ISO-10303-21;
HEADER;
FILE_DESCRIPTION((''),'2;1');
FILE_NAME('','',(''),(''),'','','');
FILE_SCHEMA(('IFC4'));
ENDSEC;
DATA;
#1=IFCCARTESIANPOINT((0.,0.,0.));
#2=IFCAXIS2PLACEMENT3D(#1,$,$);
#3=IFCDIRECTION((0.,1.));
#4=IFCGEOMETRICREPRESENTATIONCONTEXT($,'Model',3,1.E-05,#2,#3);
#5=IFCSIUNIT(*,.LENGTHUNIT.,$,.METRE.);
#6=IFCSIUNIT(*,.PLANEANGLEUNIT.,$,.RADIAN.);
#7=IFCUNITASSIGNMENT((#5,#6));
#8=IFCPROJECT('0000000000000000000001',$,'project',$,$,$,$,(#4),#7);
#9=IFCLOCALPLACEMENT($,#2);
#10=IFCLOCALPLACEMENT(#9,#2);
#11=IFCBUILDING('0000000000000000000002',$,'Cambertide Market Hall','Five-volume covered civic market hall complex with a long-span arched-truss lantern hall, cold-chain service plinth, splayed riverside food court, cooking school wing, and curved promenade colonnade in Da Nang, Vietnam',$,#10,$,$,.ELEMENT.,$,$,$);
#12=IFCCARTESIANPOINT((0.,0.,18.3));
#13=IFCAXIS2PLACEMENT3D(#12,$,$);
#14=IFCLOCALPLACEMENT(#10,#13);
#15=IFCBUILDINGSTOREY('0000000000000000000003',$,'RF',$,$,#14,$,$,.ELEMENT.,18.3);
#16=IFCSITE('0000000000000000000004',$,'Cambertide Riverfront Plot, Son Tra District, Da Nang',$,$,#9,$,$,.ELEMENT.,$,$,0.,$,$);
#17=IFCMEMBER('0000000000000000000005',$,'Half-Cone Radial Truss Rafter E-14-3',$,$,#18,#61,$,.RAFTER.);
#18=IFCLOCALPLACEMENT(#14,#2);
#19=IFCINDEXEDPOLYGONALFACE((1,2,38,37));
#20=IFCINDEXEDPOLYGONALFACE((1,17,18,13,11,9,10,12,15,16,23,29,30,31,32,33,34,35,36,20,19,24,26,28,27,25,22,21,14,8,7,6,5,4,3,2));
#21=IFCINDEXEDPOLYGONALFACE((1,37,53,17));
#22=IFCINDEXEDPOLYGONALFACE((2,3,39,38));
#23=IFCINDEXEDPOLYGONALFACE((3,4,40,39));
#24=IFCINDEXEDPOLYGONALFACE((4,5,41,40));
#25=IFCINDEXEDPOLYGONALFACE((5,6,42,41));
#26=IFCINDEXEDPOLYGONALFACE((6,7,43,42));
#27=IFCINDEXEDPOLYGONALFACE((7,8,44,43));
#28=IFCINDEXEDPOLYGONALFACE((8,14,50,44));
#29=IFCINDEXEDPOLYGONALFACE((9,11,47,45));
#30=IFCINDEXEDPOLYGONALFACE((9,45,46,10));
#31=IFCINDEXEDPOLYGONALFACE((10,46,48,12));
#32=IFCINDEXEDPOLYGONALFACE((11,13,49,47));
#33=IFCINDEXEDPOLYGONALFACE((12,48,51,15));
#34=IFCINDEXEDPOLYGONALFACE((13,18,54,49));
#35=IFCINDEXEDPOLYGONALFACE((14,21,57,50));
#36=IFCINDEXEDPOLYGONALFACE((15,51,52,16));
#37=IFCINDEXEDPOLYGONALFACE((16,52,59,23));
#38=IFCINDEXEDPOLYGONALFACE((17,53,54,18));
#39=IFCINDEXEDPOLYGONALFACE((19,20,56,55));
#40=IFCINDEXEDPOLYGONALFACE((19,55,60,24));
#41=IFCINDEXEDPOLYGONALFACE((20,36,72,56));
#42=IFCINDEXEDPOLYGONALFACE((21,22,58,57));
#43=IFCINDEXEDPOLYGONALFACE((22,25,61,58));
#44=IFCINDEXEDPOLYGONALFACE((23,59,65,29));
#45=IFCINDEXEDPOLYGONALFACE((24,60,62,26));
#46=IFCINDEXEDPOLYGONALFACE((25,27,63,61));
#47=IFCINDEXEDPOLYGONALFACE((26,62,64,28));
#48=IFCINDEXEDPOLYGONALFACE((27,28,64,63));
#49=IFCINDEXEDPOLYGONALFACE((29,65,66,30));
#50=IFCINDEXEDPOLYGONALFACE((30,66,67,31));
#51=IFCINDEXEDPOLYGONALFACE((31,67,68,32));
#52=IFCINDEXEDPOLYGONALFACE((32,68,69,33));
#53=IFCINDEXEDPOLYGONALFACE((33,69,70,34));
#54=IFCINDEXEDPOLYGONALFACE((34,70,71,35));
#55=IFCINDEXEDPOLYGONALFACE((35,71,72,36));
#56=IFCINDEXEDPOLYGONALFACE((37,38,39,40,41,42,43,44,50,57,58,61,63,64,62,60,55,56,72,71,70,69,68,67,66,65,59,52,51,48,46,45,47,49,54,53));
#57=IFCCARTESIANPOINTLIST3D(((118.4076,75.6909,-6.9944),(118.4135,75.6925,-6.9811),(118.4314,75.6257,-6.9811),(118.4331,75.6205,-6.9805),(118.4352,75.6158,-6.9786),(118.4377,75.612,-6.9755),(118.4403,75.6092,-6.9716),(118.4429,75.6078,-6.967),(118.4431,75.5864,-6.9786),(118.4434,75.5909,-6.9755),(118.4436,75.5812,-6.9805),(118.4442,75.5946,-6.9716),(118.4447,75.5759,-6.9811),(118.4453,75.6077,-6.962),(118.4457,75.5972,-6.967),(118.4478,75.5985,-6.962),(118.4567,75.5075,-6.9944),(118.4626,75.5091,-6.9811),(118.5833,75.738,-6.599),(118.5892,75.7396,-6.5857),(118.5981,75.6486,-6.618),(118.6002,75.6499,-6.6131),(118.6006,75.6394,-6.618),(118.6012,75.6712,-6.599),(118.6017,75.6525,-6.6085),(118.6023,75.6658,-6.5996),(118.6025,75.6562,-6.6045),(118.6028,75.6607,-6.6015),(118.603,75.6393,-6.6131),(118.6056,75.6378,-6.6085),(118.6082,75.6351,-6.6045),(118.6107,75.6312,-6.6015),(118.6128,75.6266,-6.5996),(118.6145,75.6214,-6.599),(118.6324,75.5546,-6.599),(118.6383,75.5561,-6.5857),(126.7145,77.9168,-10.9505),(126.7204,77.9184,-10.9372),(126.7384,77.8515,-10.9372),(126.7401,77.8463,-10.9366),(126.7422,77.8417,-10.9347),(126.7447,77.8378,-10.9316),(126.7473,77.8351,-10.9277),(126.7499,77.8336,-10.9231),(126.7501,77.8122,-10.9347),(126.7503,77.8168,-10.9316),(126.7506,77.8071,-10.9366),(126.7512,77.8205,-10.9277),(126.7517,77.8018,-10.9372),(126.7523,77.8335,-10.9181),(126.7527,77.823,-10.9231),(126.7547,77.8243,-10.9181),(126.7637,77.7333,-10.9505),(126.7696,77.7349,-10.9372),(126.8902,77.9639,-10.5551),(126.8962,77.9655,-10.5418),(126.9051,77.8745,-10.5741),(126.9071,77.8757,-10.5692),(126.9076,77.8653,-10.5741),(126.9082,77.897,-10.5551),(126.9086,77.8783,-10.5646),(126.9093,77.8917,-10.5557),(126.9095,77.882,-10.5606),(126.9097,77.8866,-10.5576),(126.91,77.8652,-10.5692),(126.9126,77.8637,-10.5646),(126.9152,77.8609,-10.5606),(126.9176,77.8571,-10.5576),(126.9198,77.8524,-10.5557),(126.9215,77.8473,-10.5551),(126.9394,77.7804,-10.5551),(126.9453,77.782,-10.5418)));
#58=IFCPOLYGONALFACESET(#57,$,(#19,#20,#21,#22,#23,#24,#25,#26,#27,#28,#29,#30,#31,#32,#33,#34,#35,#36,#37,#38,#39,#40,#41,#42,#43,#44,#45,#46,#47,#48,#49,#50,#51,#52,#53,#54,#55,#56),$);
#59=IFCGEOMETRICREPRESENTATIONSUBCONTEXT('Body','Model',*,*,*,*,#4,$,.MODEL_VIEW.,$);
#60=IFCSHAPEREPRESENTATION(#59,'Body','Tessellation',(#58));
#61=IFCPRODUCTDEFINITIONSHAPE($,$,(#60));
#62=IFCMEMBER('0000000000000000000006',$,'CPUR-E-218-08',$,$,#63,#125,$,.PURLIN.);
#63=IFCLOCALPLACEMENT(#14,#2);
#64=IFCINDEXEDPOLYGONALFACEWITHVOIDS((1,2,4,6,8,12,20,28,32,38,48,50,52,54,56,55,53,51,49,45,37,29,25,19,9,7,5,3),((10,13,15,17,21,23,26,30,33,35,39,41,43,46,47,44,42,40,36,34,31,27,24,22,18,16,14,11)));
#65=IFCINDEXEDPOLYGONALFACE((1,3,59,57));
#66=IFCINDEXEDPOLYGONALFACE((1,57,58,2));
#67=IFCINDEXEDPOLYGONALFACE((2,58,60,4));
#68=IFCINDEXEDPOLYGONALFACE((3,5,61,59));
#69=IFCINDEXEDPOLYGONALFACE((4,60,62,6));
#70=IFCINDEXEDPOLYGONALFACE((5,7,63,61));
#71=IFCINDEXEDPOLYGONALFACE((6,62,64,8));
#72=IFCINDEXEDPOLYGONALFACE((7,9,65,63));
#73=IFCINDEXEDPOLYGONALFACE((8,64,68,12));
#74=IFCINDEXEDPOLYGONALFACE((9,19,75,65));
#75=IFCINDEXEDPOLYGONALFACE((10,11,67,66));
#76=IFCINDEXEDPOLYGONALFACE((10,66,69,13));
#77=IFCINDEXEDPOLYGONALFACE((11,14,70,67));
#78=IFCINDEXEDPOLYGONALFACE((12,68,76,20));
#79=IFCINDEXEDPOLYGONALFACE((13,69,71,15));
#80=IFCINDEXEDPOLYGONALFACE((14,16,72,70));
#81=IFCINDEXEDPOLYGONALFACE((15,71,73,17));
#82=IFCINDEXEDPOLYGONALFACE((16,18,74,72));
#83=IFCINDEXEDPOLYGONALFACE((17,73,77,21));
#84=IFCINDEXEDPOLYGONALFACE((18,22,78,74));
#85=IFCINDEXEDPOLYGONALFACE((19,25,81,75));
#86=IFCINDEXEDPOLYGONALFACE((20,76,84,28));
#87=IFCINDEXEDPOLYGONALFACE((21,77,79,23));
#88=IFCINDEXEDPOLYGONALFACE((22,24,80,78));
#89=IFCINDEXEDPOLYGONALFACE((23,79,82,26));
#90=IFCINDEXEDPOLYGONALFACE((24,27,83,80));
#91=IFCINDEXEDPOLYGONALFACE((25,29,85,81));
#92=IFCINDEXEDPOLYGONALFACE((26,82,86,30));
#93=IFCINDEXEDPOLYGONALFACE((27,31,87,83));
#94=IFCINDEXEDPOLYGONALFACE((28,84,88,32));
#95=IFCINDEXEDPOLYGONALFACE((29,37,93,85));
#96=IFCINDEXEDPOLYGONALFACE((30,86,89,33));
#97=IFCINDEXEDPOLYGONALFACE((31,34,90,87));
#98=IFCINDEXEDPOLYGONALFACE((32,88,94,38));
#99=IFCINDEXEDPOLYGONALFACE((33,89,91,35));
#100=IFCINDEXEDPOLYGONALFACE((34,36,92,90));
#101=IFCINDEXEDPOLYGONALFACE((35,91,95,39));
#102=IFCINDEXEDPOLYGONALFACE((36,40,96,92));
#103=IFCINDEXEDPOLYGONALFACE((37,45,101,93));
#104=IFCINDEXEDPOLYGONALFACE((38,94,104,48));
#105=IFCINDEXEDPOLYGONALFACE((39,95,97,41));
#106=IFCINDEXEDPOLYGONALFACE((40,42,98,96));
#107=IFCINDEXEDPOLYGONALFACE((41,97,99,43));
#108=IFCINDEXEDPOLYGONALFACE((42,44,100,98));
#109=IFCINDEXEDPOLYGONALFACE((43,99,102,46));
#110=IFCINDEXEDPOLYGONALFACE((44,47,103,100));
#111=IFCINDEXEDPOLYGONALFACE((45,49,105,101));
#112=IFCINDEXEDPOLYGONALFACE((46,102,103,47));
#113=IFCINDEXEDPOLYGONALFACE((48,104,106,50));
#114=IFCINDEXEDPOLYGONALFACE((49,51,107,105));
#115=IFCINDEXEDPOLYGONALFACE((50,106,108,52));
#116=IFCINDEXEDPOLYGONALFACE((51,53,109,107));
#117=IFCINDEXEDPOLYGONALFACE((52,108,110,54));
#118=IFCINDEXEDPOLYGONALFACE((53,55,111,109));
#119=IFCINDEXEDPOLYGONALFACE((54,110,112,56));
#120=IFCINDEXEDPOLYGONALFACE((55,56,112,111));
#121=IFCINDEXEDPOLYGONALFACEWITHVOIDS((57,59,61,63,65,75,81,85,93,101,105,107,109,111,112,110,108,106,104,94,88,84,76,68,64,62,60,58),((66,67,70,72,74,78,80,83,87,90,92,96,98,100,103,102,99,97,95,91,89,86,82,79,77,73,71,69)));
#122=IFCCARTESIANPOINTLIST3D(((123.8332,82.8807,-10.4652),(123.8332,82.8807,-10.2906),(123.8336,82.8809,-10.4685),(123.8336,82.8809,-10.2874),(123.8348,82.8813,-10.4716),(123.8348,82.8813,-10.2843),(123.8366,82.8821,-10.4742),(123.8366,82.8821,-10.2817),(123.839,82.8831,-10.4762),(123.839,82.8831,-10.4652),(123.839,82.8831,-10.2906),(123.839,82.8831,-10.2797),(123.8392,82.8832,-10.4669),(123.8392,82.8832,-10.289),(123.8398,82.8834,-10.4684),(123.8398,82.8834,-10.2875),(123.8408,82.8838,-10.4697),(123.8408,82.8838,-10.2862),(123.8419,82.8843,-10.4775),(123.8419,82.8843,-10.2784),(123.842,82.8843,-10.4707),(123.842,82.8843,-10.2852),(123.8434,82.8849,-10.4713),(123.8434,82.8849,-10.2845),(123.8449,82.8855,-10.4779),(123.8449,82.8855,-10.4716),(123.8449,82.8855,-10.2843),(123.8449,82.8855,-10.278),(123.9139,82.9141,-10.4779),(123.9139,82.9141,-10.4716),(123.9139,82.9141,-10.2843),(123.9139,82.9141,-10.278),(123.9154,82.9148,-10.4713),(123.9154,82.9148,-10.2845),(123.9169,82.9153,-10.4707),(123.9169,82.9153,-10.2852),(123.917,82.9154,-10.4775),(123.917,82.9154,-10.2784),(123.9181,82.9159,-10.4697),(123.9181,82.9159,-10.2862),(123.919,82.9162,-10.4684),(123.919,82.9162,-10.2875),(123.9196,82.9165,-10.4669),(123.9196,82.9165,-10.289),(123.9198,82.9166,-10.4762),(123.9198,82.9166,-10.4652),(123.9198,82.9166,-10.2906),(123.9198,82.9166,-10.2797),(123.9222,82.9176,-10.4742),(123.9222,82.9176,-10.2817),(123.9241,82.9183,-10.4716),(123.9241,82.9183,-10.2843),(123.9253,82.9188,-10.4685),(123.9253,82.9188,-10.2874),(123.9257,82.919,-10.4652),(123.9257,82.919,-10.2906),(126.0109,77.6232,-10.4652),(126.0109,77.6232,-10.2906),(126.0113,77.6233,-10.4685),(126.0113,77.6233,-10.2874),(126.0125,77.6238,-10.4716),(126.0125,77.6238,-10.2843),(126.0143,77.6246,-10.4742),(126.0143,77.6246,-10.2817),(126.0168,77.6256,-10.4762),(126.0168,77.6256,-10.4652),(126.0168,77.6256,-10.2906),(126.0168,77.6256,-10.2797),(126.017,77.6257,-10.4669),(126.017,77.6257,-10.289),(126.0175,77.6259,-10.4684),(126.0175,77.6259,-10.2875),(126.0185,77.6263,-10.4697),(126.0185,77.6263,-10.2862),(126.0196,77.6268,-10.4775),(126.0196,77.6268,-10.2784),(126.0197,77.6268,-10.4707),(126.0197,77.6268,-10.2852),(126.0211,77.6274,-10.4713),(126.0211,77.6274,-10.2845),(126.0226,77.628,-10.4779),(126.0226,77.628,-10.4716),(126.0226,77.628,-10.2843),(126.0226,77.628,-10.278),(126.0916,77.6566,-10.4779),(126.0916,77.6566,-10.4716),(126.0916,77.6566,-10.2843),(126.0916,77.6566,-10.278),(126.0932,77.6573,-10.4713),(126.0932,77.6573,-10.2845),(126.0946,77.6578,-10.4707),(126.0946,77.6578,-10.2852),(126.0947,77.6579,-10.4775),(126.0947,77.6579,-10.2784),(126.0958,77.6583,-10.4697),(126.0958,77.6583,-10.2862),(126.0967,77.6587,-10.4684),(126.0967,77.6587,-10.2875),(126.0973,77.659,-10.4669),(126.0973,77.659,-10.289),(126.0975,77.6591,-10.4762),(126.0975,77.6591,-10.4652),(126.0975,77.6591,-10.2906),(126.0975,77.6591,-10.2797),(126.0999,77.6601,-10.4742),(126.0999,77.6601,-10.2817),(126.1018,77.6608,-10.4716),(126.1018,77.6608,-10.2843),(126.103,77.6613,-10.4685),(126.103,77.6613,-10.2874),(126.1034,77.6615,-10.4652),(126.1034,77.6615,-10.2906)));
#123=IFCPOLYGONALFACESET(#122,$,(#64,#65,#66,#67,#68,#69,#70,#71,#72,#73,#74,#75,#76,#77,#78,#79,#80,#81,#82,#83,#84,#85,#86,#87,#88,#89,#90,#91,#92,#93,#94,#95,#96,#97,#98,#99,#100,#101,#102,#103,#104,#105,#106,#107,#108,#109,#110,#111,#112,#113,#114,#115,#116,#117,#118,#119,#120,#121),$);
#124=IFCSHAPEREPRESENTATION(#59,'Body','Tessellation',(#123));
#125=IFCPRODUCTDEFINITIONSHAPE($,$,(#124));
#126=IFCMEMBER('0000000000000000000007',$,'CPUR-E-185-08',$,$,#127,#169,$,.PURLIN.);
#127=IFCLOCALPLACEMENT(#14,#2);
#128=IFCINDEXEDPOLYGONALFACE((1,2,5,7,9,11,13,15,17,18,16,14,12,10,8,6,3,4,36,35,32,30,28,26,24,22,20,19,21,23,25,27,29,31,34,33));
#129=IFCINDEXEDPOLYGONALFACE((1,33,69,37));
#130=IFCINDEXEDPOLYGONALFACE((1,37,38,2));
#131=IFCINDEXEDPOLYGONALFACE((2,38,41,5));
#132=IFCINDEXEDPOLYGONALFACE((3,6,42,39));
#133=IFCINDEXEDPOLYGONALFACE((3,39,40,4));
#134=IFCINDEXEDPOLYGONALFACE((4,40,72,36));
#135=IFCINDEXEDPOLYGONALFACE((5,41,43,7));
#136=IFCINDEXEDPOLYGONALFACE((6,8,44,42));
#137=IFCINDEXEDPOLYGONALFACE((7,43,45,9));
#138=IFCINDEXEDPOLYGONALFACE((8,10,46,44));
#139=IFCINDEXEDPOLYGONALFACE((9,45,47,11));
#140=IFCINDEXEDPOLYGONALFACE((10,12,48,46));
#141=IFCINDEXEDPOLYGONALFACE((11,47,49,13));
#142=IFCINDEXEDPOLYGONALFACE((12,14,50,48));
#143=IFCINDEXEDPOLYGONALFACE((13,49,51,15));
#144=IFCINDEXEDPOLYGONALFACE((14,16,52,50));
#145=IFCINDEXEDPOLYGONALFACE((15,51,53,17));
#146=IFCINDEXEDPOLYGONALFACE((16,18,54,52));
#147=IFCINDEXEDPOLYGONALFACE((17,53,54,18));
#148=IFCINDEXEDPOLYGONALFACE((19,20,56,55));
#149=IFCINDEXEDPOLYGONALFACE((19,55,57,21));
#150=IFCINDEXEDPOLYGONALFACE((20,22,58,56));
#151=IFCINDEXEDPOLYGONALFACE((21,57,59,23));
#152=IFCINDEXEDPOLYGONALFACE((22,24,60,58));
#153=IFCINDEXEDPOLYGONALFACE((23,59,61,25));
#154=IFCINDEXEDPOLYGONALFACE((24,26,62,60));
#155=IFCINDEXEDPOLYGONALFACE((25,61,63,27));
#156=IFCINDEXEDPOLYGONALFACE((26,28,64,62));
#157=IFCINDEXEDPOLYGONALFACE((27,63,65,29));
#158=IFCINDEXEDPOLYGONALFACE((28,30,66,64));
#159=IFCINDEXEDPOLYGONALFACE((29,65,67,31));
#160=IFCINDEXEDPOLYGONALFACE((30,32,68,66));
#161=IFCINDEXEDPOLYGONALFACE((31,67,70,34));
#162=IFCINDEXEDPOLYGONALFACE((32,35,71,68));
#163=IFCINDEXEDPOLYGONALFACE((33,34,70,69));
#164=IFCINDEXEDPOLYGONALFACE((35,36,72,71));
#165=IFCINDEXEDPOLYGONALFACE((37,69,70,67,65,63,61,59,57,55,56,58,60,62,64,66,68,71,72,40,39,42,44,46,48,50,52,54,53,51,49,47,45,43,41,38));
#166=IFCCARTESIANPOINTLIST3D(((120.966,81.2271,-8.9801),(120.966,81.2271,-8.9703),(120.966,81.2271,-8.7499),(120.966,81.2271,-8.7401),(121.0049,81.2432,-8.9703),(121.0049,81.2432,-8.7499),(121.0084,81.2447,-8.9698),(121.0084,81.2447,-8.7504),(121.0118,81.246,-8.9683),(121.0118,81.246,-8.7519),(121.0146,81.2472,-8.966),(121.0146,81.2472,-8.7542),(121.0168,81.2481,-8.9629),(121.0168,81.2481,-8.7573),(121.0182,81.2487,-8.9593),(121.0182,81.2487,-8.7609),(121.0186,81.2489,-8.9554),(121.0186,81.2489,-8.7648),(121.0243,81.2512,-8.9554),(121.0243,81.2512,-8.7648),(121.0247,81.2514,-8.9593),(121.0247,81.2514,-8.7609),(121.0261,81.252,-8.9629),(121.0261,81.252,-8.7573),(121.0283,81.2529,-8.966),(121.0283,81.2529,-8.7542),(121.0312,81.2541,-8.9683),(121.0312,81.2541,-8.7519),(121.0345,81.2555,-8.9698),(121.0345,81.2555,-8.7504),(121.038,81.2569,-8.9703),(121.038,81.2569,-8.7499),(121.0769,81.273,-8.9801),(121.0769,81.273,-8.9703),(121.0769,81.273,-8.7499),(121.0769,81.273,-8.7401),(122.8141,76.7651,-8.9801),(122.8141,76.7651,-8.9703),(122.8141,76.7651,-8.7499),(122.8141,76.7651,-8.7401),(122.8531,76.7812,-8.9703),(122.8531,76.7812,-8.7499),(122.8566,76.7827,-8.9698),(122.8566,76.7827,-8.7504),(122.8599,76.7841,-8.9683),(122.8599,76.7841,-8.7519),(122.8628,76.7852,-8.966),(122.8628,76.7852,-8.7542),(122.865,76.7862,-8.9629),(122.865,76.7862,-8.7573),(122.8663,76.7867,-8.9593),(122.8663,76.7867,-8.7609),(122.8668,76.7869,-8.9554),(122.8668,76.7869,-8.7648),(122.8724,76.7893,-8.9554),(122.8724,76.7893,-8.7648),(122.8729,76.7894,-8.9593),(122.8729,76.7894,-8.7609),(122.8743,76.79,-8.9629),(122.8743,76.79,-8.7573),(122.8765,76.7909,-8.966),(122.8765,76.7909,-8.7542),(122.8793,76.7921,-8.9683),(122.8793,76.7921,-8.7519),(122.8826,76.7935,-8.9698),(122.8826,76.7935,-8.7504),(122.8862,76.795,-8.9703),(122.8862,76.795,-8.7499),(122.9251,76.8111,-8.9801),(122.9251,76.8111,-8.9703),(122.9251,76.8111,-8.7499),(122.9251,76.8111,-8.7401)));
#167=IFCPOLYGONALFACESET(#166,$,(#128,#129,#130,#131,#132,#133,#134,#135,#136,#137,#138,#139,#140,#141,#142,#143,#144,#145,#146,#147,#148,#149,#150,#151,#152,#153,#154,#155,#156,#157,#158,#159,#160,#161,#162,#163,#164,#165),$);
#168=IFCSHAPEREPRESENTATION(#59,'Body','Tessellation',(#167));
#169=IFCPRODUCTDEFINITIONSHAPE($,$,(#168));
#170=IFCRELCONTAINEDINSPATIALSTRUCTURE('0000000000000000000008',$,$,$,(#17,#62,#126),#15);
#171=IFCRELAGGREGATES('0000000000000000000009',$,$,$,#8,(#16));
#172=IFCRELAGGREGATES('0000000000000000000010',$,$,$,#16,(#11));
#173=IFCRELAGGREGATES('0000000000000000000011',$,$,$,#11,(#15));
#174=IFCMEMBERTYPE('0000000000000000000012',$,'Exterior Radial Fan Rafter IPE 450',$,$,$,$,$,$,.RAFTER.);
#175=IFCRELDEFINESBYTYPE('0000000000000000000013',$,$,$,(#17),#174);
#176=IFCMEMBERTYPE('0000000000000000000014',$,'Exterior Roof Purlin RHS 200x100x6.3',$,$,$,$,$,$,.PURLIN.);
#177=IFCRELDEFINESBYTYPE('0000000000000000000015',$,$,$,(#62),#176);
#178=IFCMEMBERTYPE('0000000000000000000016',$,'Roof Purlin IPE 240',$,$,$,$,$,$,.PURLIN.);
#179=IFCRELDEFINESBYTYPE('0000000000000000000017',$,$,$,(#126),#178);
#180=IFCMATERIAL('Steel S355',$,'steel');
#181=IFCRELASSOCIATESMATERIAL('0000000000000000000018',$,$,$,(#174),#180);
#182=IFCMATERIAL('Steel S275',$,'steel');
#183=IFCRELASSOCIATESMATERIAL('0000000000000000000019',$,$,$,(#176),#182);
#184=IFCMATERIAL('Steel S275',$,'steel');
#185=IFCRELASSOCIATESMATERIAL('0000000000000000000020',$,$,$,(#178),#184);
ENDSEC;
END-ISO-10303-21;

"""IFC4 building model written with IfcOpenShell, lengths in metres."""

from ifc_helpers import new_model, si_unit, direction, frame, origin, origin_2d, place, context, subcontext, project, spatial, hollow_rectangle, i_section, extrude, material, material_profile, profile_set, type_object, element, save


model = new_model("IFC4")

# Units and contexts
model_context = context("Model", 3, precision=1e-05, world=origin(), true_north=direction((0.0, 1.0)))
body_context = subcontext(model_context, "Body", "Model", "MODEL_VIEW")
ifc_project = project(units=[si_unit("LENGTHUNIT", "METRE"), si_unit("PLANEANGLEUNIT", "RADIAN")], contexts=[model_context])

# Site, building, storey
site_placement = place(None, origin())
site = spatial("IfcSite", under=ifc_project, at=site_placement, Name="Cambertide Riverfront Plot, Son Tra District, Da Nang", CompositionType="ELEMENT", RefElevation=0.0)
building_placement = place(site_placement, origin())
building = spatial("IfcBuilding", under=site, at=building_placement, Name="Cambertide Market Hall", Description="Five-volume covered civic market hall complex with a long-span arched-truss lantern hall, cold-chain service plinth, splayed riverside food court, cooking school wing, and curved promenade colonnade in Da Nang, Vietnam", CompositionType="ELEMENT")
storey_placement = place(building_placement, frame((0.0, 0.0, 18.3)))
storey = spatial("IfcBuildingStorey", under=building, at=storey_placement, Name="RF", CompositionType="ELEMENT", Elevation=18.3)

# Members
ifc_material_1 = material(Name="Steel S355", Category="steel")
ifc_material_profile_1 = material_profile(ifc_material_1, i_section(OverallWidth=0.1899, OverallDepth=0.45, WebThickness=0.0095, FlangeThickness=0.0146, FilletRadius=0.021, at=origin_2d()), Name="IPE 450")
ifc_profile_set_1 = profile_set([ifc_material_profile_1], Name="Steel S355")
member_type_1 = type_object("IfcMemberType", Name="Exterior Radial Fan Rafter IPE 450", PredefinedType="RAFTER", material=ifc_profile_set_1)
member_1_placement = place(storey_placement, frame((118.5229, 75.6235, -6.79), z_axis=(0.877531, 0.235134, -0.417914), x_axis=(-0.25882, 0.965926, 0.0)))
element("IfcMember", 1, at=member_1_placement, inside=storey, type_object=member_type_1, Name="Half-Cone Radial Truss Rafter E-14-3", PredefinedType="RAFTER", context=body_context, shape_type="SweptSolid", body=[
    extrude(i_section(OverallWidth=0.1899, OverallDepth=0.45, WebThickness=0.0095, FlangeThickness=0.0146, FilletRadius=0.021, at=origin_2d()), origin(), (0.0, 0.0, 1.0), 9.4663),
])
ifc_material_2 = material(Name="Steel S275", Category="steel")
ifc_material_profile_2 = material_profile(ifc_material_2, hollow_rectangle(XDim=0.1001, YDim=0.2, WallThickness=0.0063, InnerFilletRadius=0.0063, OuterFilletRadius=0.0127, at=origin_2d()), Name="RHS 200x100x6.3")
ifc_profile_set_2 = profile_set([ifc_material_profile_2], Name="Steel S275")
member_type_2 = type_object("IfcMemberType", Name="Exterior Roof Purlin RHS 200x100x6.3", PredefinedType="PURLIN", material=ifc_profile_set_2)
member_2_placement = place(storey_placement, frame((126.0571, 77.6423, -10.3779), z_axis=(-0.38268, 0.923881, 0.0), x_axis=(-0.923881, -0.38268, 0.0)))
element("IfcMember", 2, at=member_2_placement, inside=storey, type_object=member_type_2, Name="CPUR-E-218-08", PredefinedType="PURLIN", context=body_context, shape_type="SweptSolid", body=[
    extrude(hollow_rectangle(XDim=0.1001, YDim=0.2, WallThickness=0.0063, InnerFilletRadius=0.0063, OuterFilletRadius=0.0127, at=origin_2d()), origin(), (0.0, 0.0, 1.0), 5.6907),
])
ifc_material_3 = material(Name="Steel S275", Category="steel")
ifc_material_profile_3 = material_profile(ifc_material_3, i_section(OverallWidth=0.1201, OverallDepth=0.24, WebThickness=0.0061, FlangeThickness=0.0098, FilletRadius=0.0149, at=origin_2d()), Name="IPE 240")
ifc_profile_set_3 = profile_set([ifc_material_profile_3], Name="Steel S275")
member_type_3 = type_object("IfcMemberType", Name="Roof Purlin IPE 240", PredefinedType="PURLIN", material=ifc_profile_set_3)
member_3_placement = place(storey_placement, frame((122.8696, 76.7881, -8.8601), z_axis=(-0.382676, 0.923883, 0.0), x_axis=(-0.923883, -0.382676, 0.0)))
element("IfcMember", 3, at=member_3_placement, inside=storey, type_object=member_type_3, Name="CPUR-E-185-08", PredefinedType="PURLIN", context=body_context, shape_type="SweptSolid", body=[
    extrude(i_section(OverallWidth=0.1201, OverallDepth=0.24, WebThickness=0.0061, FlangeThickness=0.0098, FilletRadius=0.0149, at=origin_2d()), origin(), (0.0, 0.0, 1.0), 4.8296),
])

save(model, "model.ifc")
